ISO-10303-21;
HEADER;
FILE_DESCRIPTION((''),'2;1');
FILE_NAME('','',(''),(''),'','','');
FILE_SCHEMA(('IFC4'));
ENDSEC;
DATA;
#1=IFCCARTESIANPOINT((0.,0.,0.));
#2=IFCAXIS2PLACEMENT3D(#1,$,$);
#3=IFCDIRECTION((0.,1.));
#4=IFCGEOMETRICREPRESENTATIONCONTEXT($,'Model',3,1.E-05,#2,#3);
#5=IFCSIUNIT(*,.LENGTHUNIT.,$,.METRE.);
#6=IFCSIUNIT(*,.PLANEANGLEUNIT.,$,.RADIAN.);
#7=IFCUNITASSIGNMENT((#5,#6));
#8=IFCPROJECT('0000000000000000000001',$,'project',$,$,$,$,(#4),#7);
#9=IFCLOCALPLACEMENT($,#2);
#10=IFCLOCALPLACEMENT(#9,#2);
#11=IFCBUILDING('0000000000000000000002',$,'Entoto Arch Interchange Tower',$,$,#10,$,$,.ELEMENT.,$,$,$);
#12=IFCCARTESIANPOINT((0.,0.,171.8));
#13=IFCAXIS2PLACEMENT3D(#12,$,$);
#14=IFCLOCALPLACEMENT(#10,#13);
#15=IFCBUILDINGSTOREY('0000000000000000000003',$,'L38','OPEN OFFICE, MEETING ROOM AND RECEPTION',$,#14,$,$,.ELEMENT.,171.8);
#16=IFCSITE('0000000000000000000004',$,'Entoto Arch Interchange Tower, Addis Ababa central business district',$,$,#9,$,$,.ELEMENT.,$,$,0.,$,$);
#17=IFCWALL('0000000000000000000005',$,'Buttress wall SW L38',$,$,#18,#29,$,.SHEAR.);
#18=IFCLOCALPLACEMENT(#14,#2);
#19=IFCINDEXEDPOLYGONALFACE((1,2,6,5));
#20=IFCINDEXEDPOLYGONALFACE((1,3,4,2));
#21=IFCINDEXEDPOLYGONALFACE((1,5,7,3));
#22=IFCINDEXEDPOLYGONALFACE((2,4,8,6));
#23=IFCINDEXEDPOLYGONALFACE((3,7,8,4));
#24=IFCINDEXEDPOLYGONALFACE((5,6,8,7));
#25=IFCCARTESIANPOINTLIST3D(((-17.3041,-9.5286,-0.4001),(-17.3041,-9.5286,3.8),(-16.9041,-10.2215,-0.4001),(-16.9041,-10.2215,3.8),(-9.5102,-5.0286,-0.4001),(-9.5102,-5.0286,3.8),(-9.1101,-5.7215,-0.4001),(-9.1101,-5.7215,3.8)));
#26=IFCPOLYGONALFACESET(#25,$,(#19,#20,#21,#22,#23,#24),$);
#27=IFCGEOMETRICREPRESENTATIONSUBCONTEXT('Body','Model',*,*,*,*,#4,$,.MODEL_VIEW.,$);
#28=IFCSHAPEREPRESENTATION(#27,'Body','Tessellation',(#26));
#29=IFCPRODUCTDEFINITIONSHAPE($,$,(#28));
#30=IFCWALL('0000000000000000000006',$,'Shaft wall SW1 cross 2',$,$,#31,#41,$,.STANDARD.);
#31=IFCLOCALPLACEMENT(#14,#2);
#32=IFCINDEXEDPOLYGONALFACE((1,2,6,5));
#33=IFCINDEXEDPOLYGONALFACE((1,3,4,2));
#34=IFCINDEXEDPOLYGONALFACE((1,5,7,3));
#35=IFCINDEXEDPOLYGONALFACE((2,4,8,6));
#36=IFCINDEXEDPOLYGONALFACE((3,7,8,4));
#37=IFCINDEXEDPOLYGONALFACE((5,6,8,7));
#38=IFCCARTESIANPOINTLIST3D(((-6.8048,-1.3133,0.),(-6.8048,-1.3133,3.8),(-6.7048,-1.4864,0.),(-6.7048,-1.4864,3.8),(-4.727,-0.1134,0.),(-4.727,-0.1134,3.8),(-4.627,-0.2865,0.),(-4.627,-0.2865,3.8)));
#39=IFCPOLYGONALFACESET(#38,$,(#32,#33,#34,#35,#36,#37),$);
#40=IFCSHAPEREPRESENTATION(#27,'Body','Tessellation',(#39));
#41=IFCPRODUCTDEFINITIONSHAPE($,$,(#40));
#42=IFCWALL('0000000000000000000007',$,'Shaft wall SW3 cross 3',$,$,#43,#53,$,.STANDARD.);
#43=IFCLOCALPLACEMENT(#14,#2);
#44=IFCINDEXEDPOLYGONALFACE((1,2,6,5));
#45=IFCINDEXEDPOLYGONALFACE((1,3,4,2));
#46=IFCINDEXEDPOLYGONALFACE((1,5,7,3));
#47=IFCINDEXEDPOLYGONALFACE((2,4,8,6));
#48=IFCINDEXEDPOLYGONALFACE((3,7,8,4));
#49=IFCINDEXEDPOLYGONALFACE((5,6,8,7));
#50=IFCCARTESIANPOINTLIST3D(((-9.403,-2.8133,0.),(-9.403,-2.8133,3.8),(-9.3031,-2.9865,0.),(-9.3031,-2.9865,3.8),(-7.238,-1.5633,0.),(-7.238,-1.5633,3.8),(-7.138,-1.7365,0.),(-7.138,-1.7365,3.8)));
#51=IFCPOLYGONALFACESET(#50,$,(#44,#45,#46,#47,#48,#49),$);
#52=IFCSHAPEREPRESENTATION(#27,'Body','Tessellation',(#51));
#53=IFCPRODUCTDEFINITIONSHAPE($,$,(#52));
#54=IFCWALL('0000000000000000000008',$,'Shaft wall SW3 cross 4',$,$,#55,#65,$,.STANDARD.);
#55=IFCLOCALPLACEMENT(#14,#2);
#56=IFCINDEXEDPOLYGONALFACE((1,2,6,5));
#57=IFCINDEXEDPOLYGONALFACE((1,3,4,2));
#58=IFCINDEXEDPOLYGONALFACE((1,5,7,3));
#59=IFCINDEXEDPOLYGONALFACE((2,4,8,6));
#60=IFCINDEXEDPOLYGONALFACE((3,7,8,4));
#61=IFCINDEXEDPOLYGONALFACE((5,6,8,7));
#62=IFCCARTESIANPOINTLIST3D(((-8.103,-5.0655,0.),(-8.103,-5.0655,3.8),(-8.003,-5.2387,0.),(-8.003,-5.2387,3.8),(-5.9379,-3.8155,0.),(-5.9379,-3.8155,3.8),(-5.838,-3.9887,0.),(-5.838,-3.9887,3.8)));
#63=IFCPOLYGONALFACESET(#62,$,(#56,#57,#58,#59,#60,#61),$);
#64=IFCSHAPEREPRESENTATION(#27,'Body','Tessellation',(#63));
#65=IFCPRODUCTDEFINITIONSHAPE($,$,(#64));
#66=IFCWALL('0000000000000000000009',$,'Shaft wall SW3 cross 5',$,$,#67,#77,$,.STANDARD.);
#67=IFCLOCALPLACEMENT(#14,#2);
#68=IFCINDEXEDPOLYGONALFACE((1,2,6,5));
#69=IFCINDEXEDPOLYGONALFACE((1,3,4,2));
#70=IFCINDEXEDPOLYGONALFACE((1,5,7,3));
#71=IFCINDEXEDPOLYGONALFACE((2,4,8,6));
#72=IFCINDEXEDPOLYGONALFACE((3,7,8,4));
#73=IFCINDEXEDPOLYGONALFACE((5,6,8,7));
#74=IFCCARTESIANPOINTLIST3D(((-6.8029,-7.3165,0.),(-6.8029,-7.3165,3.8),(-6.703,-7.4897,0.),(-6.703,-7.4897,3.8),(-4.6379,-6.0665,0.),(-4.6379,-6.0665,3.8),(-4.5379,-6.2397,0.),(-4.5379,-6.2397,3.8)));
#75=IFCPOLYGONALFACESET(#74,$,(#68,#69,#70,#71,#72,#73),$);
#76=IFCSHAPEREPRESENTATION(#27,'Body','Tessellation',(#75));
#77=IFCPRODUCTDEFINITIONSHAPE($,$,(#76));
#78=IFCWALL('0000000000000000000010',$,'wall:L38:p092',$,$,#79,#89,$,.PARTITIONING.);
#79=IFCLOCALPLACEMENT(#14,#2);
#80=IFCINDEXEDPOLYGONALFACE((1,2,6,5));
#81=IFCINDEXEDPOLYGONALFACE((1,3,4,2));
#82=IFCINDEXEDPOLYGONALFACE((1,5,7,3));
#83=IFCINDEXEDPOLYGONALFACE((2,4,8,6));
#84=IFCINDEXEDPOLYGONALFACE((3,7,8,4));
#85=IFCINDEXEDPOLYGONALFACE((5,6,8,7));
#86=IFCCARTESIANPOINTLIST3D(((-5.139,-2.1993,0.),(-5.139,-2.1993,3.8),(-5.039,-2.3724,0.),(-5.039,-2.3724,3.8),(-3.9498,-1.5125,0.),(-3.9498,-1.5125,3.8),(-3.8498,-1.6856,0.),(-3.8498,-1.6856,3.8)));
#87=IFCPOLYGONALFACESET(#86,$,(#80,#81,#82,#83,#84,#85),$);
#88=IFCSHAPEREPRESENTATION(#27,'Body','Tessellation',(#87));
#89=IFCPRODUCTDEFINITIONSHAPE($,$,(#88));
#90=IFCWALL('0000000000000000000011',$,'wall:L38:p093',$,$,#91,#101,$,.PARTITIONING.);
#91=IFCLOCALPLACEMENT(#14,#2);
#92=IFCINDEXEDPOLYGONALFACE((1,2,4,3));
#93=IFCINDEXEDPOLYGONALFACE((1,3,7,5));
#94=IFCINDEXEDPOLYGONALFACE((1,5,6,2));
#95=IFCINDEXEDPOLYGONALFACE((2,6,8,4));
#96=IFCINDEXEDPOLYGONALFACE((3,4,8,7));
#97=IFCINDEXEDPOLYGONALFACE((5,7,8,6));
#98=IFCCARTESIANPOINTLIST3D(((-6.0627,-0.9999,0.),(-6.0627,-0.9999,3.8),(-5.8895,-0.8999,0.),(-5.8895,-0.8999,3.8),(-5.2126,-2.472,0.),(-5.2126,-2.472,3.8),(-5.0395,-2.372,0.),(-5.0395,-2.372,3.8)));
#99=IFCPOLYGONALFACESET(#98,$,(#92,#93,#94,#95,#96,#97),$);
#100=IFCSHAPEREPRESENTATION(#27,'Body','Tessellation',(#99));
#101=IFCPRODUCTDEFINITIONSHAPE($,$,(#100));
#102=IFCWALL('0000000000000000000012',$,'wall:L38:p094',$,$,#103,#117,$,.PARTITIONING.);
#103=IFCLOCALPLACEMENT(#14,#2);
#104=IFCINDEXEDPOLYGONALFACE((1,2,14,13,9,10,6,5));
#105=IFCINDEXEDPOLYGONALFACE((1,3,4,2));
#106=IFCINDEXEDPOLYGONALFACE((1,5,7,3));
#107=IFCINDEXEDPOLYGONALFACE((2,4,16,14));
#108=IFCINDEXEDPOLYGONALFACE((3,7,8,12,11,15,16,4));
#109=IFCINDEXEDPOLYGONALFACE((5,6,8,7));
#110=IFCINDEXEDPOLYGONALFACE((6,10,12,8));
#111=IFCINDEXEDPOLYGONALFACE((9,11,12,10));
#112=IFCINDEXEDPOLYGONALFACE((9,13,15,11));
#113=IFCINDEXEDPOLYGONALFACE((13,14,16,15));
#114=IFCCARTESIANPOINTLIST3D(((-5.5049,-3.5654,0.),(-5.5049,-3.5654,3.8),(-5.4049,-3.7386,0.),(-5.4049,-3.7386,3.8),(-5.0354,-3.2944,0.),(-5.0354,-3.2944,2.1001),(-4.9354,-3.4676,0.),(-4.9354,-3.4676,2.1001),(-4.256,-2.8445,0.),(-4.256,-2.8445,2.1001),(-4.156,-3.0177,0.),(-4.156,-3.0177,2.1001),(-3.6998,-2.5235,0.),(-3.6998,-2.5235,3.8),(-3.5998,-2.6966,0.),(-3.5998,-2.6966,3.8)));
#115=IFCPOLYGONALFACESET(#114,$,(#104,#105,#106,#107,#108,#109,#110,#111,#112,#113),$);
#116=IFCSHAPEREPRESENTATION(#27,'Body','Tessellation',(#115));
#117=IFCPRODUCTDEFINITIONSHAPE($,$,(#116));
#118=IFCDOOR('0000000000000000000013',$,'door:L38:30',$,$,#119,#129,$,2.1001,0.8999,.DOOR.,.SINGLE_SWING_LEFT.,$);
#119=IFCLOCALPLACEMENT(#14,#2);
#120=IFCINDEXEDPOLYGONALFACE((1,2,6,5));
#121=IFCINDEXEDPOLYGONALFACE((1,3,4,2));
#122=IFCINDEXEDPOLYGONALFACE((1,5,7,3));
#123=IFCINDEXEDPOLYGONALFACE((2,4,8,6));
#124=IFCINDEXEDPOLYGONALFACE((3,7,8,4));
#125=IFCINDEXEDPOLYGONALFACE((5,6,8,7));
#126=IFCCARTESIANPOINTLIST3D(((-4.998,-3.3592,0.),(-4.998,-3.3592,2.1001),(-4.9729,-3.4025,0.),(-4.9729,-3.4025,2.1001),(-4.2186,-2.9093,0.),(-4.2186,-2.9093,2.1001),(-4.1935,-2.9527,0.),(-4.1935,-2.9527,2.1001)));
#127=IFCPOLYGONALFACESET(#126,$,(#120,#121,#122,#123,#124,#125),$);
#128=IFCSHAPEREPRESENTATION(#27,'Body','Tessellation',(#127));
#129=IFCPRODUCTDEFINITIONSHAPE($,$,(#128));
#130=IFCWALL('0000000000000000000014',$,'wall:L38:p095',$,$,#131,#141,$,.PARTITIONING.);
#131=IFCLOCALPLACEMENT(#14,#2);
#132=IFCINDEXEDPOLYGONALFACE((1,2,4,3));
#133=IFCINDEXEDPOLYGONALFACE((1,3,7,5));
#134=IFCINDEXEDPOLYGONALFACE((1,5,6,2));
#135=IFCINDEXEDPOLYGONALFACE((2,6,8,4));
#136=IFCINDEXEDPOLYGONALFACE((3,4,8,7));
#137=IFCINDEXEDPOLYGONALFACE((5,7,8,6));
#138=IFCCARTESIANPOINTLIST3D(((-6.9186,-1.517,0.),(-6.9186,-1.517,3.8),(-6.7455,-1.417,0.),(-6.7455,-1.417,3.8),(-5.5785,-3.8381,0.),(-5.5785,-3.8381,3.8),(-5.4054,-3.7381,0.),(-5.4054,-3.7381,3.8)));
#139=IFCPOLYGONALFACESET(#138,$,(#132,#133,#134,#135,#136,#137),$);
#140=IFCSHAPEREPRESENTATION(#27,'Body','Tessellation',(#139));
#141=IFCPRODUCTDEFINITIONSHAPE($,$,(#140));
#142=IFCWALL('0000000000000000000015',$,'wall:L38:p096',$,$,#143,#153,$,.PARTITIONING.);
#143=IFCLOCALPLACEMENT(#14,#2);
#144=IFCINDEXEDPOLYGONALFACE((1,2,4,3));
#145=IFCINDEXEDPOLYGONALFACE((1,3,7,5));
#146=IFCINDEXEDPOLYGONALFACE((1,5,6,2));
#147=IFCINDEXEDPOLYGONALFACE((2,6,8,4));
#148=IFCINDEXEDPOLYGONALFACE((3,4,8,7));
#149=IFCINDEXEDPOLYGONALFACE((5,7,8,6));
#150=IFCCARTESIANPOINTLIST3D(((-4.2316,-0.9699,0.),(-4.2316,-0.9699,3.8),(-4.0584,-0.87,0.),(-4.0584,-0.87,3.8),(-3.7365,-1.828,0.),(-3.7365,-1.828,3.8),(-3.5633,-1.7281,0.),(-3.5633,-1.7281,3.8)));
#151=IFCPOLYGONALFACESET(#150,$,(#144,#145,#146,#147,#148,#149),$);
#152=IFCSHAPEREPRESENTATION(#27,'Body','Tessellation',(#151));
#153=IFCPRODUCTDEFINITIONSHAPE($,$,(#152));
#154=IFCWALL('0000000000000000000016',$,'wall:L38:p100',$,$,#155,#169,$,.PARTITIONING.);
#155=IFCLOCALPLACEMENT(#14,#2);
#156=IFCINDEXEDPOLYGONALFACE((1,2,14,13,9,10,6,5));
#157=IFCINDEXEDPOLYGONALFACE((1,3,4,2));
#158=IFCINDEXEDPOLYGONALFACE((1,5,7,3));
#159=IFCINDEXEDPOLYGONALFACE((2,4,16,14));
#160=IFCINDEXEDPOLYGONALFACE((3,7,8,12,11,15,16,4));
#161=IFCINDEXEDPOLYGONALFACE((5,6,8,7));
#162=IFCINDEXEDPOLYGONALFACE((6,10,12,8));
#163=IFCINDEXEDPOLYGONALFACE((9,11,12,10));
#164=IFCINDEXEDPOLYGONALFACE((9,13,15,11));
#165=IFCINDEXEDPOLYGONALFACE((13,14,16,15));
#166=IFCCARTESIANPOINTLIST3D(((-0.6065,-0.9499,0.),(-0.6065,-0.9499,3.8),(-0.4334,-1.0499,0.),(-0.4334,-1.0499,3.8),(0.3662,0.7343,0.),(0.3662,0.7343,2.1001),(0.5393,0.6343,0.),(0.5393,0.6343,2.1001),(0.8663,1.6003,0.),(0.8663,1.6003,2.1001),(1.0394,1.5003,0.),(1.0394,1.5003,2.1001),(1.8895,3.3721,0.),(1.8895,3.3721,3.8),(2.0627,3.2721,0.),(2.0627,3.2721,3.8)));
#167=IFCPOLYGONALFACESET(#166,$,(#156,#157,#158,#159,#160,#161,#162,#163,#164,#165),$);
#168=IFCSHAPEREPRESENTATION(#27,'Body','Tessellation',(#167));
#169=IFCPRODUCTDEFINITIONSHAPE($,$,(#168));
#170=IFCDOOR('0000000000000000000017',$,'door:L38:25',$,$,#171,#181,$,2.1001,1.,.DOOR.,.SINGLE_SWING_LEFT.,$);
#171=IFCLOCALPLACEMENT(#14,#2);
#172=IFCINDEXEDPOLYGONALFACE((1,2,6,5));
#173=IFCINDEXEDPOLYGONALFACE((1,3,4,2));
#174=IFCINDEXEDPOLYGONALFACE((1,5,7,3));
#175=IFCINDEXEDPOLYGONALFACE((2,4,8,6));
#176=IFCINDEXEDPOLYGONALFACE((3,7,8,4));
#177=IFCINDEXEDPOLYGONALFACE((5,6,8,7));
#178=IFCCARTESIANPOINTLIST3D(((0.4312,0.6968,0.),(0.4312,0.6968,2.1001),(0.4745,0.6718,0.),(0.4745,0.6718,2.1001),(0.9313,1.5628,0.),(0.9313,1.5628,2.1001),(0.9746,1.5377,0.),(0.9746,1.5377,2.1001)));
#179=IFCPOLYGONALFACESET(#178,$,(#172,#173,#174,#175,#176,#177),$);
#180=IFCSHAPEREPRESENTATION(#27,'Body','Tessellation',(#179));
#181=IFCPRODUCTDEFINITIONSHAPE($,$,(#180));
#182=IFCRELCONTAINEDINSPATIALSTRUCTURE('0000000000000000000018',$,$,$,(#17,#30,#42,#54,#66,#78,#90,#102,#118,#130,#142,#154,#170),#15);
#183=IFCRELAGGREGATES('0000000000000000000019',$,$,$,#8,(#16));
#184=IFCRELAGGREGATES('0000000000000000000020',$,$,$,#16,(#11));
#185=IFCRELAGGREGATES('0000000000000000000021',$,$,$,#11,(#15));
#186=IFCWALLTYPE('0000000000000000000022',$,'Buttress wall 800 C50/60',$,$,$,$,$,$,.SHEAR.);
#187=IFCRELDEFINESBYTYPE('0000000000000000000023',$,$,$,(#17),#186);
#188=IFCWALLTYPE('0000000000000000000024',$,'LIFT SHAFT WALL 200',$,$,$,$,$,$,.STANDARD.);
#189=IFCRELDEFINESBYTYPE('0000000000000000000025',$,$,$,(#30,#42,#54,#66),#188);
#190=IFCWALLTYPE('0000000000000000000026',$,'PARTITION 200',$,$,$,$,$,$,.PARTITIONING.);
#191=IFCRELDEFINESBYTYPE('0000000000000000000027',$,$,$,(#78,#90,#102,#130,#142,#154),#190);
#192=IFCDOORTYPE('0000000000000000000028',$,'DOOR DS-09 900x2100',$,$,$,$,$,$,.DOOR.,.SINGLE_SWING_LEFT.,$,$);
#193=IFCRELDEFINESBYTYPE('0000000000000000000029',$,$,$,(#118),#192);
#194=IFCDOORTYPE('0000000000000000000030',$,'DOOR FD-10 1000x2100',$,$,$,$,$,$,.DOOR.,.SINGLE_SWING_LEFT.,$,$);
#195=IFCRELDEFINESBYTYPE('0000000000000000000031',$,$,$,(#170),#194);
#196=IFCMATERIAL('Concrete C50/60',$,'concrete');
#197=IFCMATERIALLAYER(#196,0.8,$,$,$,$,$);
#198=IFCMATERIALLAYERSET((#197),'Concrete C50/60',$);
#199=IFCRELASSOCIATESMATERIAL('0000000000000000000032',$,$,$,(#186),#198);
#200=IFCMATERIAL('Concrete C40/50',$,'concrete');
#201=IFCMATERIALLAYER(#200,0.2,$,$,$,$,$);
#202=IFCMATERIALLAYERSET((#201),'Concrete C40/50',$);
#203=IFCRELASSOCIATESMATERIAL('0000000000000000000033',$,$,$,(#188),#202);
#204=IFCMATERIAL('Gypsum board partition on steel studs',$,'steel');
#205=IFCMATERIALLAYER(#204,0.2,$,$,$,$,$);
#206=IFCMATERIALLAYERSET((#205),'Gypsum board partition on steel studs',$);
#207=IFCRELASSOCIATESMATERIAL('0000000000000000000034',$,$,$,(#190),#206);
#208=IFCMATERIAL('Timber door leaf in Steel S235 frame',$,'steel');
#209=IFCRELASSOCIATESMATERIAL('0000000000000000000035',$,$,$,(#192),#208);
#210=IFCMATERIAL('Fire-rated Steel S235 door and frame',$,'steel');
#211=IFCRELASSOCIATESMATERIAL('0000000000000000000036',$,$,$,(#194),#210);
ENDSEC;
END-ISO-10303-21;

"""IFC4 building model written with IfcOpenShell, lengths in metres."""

from ifc_helpers import new_model, si_unit, direction, frame, frame_2d, origin, place, context, subcontext, project, spatial, rectangle, extrude, material, layer, layer_set, type_object, element, fill, save


model = new_model("IFC4")

# Units and contexts
model_context = context("Model", 3, precision=1e-05, world=origin(), true_north=direction((0.0, 1.0)))
body_context = subcontext(model_context, "Body", "Model", "MODEL_VIEW")
ifc_project = project(units=[si_unit("LENGTHUNIT", "METRE"), si_unit("PLANEANGLEUNIT", "RADIAN")], contexts=[model_context])

# Site, building, storey
site_placement = place(None, origin())
site = spatial("IfcSite", under=ifc_project, at=site_placement, Name="Entoto Arch Interchange Tower, Addis Ababa central business district", CompositionType="ELEMENT", RefElevation=0.0)
building_placement = place(site_placement, origin())
building = spatial("IfcBuilding", under=site, at=building_placement, Name="Entoto Arch Interchange Tower", CompositionType="ELEMENT")
storey_placement = place(building_placement, frame((0.0, 0.0, 171.8)))
storey = spatial("IfcBuildingStorey", under=building, at=storey_placement, Name="L38", Description="OPEN OFFICE, MEETING ROOM AND RECEPTION", CompositionType="ELEMENT", Elevation=171.8)

# Walls
ifc_material_1 = material(Name="Concrete C50/60", Category="concrete")
ifc_layer_1 = layer(ifc_material_1, 0.8)
ifc_layer_set_1 = layer_set([ifc_layer_1], Name="Concrete C50/60")
wall_type_1 = type_object("IfcWallType", Name="Buttress wall 800 C50/60", PredefinedType="SHEAR", material=ifc_layer_set_1)
wall_1_placement = place(storey_placement, frame((-9.3101, -5.375, -0.4001), z_axis=(0.0, 0.0, 1.0), x_axis=(-0.866018, -0.500014, 0.0)))
element("IfcWall", 1, at=wall_1_placement, inside=storey, type_object=wall_type_1, Name="Buttress wall SW L38", PredefinedType="SHEAR", context=body_context, shape_type="SweptSolid", body=[
    extrude(rectangle(XDim=8.9998, YDim=0.8, at=frame_2d((4.5, 0.0))), origin(), (0.0, 0.0, 1.0), 4.2002),
])
ifc_material_2 = material(Name="Concrete C40/50", Category="concrete")
ifc_layer_2 = layer(ifc_material_2, 0.2)
ifc_layer_set_2 = layer_set([ifc_layer_2], Name="Concrete C40/50")
wall_type_2 = type_object("IfcWallType", Name="LIFT SHAFT WALL 200", PredefinedType="STANDARD", material=ifc_layer_set_2)
wall_2_placement = place(storey_placement, frame((-4.677, -0.2, 0.0), z_axis=(0.0, 0.0, 1.0), x_axis=(-0.865974, -0.500089, 0.0)))
element("IfcWall", 2, at=wall_2_placement, inside=storey, type_object=wall_type_2, Name="Shaft wall SW1 cross 2", PredefinedType="STANDARD", context=body_context, shape_type="SweptSolid", body=[
    extrude(rectangle(XDim=2.3994, YDim=0.2, at=frame_2d((1.1997, 0.0))), origin(), (0.0, 0.0, 1.0), 3.8),
])
for number, where, z_axis, x_axis, name in (
    (3, (-7.188, -1.6499, 0.0), (0.0, 0.0, 1.0), (-0.866023, -0.500004, 0.0), "Shaft wall SW3 cross 3"),
    (4, (-5.8879, -3.9021, 0.0), (0.0, 0.0, 1.0), (-0.866023, -0.500004, 0.0), "Shaft wall SW3 cross 4"),
    (5, (-4.5879, -6.1531, 0.0), (0.0, 0.0, 1.0), (-0.866023, -0.500004, 0.0), "Shaft wall SW3 cross 5"),
):
    element("IfcWall", number, at=place(storey_placement, frame(where, z_axis=z_axis, x_axis=x_axis)), inside=storey, type_object=wall_type_2, Name=name, PredefinedType="STANDARD", context=body_context, shape_type="SweptSolid", body=[
        extrude(rectangle(XDim=2.5, YDim=0.2, at=frame_2d((1.25, 0.0))), origin(), (0.0, 0.0, 1.0), 3.8),
    ])
ifc_material_3 = material(Name="Gypsum board partition on steel studs", Category="steel")
ifc_layer_3 = layer(ifc_material_3, 0.2)
ifc_layer_set_3 = layer_set([ifc_layer_3], Name="Gypsum board partition on steel studs")
wall_type_3 = type_object("IfcWallType", Name="PARTITION 200", PredefinedType="PARTITIONING", material=ifc_layer_set_3)
wall_3_placement = place(storey_placement, frame((-3.8999, -1.5991, 0.0), z_axis=(0.0, 0.0, 1.0), x_axis=(-0.865969, -0.500097, 0.0)))
element("IfcWall", 6, at=wall_3_placement, inside=storey, type_object=wall_type_3, Name="wall:L38:p092", PredefinedType="PARTITIONING", context=body_context, shape_type="SweptSolid", body=[
    extrude(rectangle(XDim=1.3733, YDim=0.2, at=frame_2d((0.6865, 0.0))), origin(), (0.0, 0.0, 1.0), 3.8),
])
wall_4_placement = place(storey_placement, frame((-5.126, -2.4221, 0.0), z_axis=(0.0, 0.0, 1.0), x_axis=(-0.500062, 0.865989, 0.0)))
element("IfcWall", 7, at=wall_4_placement, inside=storey, type_object=wall_type_3, Name="wall:L38:p093", PredefinedType="PARTITIONING", context=body_context, shape_type="SweptSolid", body=[
    extrude(rectangle(XDim=1.7, YDim=0.2, at=frame_2d((0.8501, 0.0))), origin(), (0.0, 0.0, 1.0), 3.8),
])

# Wall, opening, door
wall_5_placement = place(storey_placement, frame((-3.6499, -2.6101, 0.0), z_axis=(0.0, 0.0, 1.0), x_axis=(-0.866072, -0.499918, 0.0)))
wall_5 = element("IfcWall", 8, at=wall_5_placement, inside=storey, type_object=wall_type_3, Name="wall:L38:p094", PredefinedType="PARTITIONING", context=body_context, shape_type="SweptSolid", body=[
    extrude(rectangle(XDim=2.0842, YDim=0.2, at=frame_2d((1.042, 0.0))), origin(), (0.0, 0.0, 1.0), 3.8),
])
opening_1_placement = place(wall_5_placement, frame((0.6421, 0.0, 0.0)))
opening_1 = element("IfcOpeningElement", 9, at=opening_1_placement, cuts=wall_5, PredefinedType="OPENING", context=body_context, shape_type="SweptSolid", body=[
    extrude(rectangle(XDim=0.8999, YDim=2.1001, at=frame_2d((0.45, 1.05))), frame((0.0, 0.1099, 0.0), z_axis=(0.0, -1.0, 0.0), x_axis=(1.0, 0.0, 0.0)), (0.0, 0.0, 1.0), 0.22),
])
ifc_material_4 = material(Name="Timber door leaf in Steel S235 frame", Category="steel")
door_type_1 = type_object("IfcDoorType", Name="DOOR DS-09 900x2100", OperationType="SINGLE_SWING_LEFT", PredefinedType="DOOR", material=ifc_material_4)
door_1_placement = place(opening_1_placement, origin())
door_1 = element("IfcDoor", 10, at=door_1_placement, inside=storey, type_object=door_type_1, Name="door:L38:30", OperationType="SINGLE_SWING_LEFT", OverallHeight=2.1001, OverallWidth=0.8999, PredefinedType="DOOR", context=body_context, shape_type="SweptSolid", body=[
    extrude(rectangle(XDim=0.8999, YDim=2.1001, at=frame_2d((0.45, 1.05))), frame((0.0, 0.0249, 0.0), z_axis=(0.0, -1.0, 0.0), x_axis=(1.0, 0.0, 0.0)), (0.0, 0.0, 1.0), 0.05),
])
fill(opening_1, door_1)

# Walls
wall_6_placement = place(storey_placement, frame((-5.4919, -3.7881, 0.0), z_axis=(0.0, 0.0, 1.0), x_axis=(-0.500009, 0.86602, 0.0)))
element("IfcWall", 11, at=wall_6_placement, inside=storey, type_object=wall_type_3, Name="wall:L38:p095", PredefinedType="PARTITIONING", context=body_context, shape_type="SweptSolid", body=[
    extrude(rectangle(XDim=2.6802, YDim=0.2, at=frame_2d((1.3401, 0.0))), origin(), (0.0, 0.0, 1.0), 3.8),
])
wall_7_placement = place(storey_placement, frame((-4.145, -0.9199, 0.0), z_axis=(0.0, 0.0, 1.0), x_axis=(0.499744, -0.866173, 0.0)))
element("IfcWall", 12, at=wall_7_placement, inside=storey, type_object=wall_type_3, Name="wall:L38:p096", PredefinedType="PARTITIONING", context=body_context, shape_type="SweptSolid", body=[
    extrude(rectangle(XDim=0.9907, YDim=0.2, at=frame_2d((0.4954, 0.0))), origin(), (0.0, 0.0, 1.0), 3.8),
])

# Wall, opening, door
wall_8_placement = place(storey_placement, frame((-0.52, -1.0, 0.0), z_axis=(0.0, 0.0, 1.0), x_axis=(0.500116, 0.865958, 0.0)))
wall_8 = element("IfcWall", 13, at=wall_8_placement, inside=storey, type_object=wall_type_3, Name="wall:L38:p100", PredefinedType="PARTITIONING", context=body_context, shape_type="SweptSolid", body=[
    extrude(rectangle(XDim=4.991, YDim=0.2, at=frame_2d((2.4956, 0.0))), origin(), (0.0, 0.0, 1.0), 3.8),
])
opening_2_placement = place(wall_8_placement, frame((1.9451, 0.0, 0.0)))
opening_2 = element("IfcOpeningElement", 14, at=opening_2_placement, cuts=wall_8, PredefinedType="OPENING", context=body_context, shape_type="SweptSolid", body=[
    extrude(rectangle(XDim=1.0, YDim=2.1001, at=frame_2d((0.5, 1.05))), frame((0.0, 0.1099, 0.0), z_axis=(0.0, -1.0, 0.0), x_axis=(1.0, 0.0, 0.0)), (0.0, 0.0, 1.0), 0.22),
])
ifc_material_5 = material(Name="Fire-rated Steel S235 door and frame", Category="steel")
door_type_2 = type_object("IfcDoorType", Name="DOOR FD-10 1000x2100", OperationType="SINGLE_SWING_LEFT", PredefinedType="DOOR", material=ifc_material_5)
door_2_placement = place(opening_2_placement, origin())
door_2 = element("IfcDoor", 15, at=door_2_placement, inside=storey, type_object=door_type_2, Name="door:L38:25", OperationType="SINGLE_SWING_LEFT", OverallHeight=2.1001, OverallWidth=1.0, PredefinedType="DOOR", context=body_context, shape_type="SweptSolid", body=[
    extrude(rectangle(XDim=1.0, YDim=2.1001, at=frame_2d((0.5, 1.05))), frame((0.0, 0.0249, 0.0), z_axis=(0.0, -1.0, 0.0), x_axis=(1.0, 0.0, 0.0)), (0.0, 0.0, 1.0), 0.05),
])
fill(opening_2, door_2)

save(model, "model.ifc")
